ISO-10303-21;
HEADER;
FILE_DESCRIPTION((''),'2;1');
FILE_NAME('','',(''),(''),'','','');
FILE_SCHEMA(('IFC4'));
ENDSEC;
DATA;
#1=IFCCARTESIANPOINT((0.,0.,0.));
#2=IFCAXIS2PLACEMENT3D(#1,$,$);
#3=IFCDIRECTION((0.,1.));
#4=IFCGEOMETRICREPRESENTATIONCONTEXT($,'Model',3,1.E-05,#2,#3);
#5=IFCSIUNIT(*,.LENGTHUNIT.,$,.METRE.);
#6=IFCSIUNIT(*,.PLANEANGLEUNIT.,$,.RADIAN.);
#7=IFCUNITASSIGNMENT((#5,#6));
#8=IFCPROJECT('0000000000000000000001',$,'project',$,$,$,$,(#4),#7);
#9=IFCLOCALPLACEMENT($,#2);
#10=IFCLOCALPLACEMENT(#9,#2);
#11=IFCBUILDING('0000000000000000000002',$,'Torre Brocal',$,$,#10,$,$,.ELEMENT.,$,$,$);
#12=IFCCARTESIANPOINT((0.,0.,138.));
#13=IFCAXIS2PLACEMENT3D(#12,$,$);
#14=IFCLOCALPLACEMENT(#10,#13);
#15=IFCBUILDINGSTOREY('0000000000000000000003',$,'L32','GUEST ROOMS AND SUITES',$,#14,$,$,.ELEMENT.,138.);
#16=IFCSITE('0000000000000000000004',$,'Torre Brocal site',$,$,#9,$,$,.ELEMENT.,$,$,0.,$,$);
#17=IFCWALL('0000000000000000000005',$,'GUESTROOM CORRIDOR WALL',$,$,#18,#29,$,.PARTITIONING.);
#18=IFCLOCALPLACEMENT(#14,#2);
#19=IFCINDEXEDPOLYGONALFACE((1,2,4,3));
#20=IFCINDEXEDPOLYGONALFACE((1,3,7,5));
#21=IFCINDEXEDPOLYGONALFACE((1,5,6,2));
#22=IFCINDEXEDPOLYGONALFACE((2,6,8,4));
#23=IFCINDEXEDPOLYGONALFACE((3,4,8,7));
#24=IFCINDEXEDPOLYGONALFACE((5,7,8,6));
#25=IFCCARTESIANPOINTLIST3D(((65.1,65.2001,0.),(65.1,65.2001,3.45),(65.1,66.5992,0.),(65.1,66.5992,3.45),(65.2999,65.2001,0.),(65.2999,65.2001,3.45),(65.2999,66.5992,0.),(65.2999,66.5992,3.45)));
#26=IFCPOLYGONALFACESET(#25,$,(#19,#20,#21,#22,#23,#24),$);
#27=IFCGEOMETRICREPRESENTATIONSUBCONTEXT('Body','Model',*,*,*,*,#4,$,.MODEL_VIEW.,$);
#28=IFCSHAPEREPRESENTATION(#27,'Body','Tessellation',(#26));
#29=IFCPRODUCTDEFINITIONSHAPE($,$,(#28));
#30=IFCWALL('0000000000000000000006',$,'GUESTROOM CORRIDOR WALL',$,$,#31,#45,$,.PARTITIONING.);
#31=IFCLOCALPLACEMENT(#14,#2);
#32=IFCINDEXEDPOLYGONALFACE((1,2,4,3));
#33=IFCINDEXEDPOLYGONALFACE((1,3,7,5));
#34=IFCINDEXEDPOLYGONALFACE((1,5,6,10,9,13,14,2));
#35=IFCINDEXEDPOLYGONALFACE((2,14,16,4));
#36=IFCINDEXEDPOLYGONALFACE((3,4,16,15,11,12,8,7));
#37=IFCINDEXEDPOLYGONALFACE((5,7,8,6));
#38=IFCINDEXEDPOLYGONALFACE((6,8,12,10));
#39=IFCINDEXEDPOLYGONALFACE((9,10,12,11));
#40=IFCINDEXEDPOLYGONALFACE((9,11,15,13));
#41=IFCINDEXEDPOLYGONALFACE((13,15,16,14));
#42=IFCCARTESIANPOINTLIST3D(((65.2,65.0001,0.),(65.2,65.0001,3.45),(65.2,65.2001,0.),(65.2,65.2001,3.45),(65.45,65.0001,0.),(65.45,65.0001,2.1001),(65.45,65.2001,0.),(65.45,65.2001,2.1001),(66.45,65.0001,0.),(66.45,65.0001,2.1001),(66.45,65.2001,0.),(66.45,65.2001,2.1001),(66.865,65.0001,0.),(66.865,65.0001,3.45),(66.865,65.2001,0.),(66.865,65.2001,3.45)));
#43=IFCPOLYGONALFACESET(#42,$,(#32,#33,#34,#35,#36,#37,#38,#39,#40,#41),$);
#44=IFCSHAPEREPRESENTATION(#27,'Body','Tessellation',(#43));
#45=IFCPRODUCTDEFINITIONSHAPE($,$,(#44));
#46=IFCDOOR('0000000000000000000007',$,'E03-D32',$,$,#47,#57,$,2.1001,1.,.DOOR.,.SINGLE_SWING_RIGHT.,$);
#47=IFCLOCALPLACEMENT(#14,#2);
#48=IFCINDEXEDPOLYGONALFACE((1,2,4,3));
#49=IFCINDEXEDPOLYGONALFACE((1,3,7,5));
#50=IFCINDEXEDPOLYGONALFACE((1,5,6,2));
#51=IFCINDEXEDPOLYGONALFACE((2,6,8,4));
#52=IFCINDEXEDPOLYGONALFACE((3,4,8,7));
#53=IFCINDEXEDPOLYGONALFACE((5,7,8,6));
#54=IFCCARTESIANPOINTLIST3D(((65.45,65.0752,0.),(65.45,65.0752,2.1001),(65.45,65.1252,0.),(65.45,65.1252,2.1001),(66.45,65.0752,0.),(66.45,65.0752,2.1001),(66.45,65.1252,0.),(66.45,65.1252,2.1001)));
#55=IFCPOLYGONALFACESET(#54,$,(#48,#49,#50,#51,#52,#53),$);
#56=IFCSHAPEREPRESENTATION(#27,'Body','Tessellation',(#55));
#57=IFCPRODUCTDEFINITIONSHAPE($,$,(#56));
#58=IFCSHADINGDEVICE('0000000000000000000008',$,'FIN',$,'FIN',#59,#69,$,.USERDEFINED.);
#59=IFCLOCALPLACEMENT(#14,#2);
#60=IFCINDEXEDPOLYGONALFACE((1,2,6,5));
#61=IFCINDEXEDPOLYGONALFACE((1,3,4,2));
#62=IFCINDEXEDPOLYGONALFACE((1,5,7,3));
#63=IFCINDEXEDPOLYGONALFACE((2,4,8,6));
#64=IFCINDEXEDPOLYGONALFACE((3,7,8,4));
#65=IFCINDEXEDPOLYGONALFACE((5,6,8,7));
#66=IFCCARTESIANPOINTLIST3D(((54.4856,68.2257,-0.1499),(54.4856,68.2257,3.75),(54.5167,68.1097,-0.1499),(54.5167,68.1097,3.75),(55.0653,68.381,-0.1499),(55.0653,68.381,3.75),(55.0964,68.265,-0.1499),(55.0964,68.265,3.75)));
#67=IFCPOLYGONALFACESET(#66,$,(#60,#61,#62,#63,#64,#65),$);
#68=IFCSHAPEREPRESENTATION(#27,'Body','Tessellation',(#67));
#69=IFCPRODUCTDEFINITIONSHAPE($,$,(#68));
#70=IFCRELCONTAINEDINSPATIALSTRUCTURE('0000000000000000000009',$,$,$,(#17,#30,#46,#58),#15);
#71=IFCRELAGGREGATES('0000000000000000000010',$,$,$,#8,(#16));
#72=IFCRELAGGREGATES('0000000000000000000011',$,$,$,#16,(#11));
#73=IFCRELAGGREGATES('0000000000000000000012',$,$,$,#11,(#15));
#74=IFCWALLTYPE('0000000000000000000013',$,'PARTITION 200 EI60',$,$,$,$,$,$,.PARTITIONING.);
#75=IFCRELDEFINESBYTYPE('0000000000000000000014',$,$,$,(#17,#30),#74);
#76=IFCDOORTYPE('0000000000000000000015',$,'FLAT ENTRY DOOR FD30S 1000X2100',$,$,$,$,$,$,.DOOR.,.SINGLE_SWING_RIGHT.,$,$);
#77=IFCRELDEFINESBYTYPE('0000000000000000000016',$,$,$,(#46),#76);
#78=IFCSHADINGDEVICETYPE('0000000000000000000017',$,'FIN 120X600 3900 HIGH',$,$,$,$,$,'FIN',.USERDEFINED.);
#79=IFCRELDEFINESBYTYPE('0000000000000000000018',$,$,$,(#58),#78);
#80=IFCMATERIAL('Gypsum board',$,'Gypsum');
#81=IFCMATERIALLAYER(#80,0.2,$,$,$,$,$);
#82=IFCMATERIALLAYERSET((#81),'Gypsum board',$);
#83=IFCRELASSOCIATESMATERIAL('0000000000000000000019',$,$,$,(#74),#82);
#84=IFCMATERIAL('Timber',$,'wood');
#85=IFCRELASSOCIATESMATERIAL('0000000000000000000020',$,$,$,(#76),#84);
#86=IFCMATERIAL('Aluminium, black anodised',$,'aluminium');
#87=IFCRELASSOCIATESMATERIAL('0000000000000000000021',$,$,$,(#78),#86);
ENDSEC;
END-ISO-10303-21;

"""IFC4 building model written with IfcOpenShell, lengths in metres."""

from ifc_helpers import new_model, si_unit, direction, frame, frame_2d, origin, origin_2d, place, context, subcontext, project, spatial, rectangle, extrude, material, layer, layer_set, material_profile, profile_set, type_object, element, fill, save


model = new_model("IFC4")

# Units and contexts
model_context = context("Model", 3, precision=1e-05, world=origin(), true_north=direction((0.0, 1.0)))
body_context = subcontext(model_context, "Body", "Model", "MODEL_VIEW")
ifc_project = project(units=[si_unit("LENGTHUNIT", "METRE"), si_unit("PLANEANGLEUNIT", "RADIAN")], contexts=[model_context])

# Site, building, storey
site_placement = place(None, origin())
site = spatial("IfcSite", under=ifc_project, at=site_placement, Name="Torre Brocal site", CompositionType="ELEMENT", RefElevation=0.0)
building_placement = place(site_placement, origin())
building = spatial("IfcBuilding", under=site, at=building_placement, Name="Torre Brocal", CompositionType="ELEMENT")
storey_placement = place(building_placement, frame((0.0, 0.0, 138.0)))
storey = spatial("IfcBuildingStorey", under=building, at=storey_placement, Name="L32", Description="GUEST ROOMS AND SUITES", CompositionType="ELEMENT", Elevation=138.0)

# Wall
ifc_material_1 = material(Name="Gypsum board", Category="Gypsum")
ifc_layer_1 = layer(ifc_material_1, 0.2)
ifc_layer_set_1 = layer_set([ifc_layer_1], Name="Gypsum board")
wall_type_1 = type_object("IfcWallType", Name="PARTITION 200 EI60", PredefinedType="PARTITIONING", material=ifc_layer_set_1)
wall_1_placement = place(storey_placement, frame((65.2, 65.2, 0.0), z_axis=(0.0, 0.0, 1.0), x_axis=(0.0, 1.0, 0.0)))
element("IfcWall", 1, at=wall_1_placement, inside=storey, type_object=wall_type_1, Name="GUESTROOM CORRIDOR WALL", PredefinedType="PARTITIONING", context=body_context, shape_type="SweptSolid", body=[
    extrude(rectangle(XDim=1.3992, YDim=0.2, at=frame_2d((0.6997, 0.0))), origin(), (0.0, 0.0, 1.0), 3.45),
])

# Wall, opening, door
wall_2_placement = place(storey_placement, frame((65.2, 65.1001, 0.0), z_axis=(0.0, 0.0, 1.0), x_axis=(1.0, 0.0, 0.0)))
wall_2 = element("IfcWall", 2, at=wall_2_placement, inside=storey, type_object=wall_type_1, Name="GUESTROOM CORRIDOR WALL", PredefinedType="PARTITIONING", context=body_context, shape_type="SweptSolid", body=[
    extrude(rectangle(XDim=1.665, YDim=0.2, at=frame_2d((0.8325, 0.0))), origin(), (0.0, 0.0, 1.0), 3.45),
])
opening_1_placement = place(wall_2_placement, frame((0.25, 0.0, 0.0)))
opening_1 = element("IfcOpeningElement", 3, at=opening_1_placement, cuts=wall_2, PredefinedType="OPENING", context=body_context, shape_type="SweptSolid", body=[
    extrude(rectangle(XDim=1.0, YDim=2.1001, at=frame_2d((0.5, 1.05))), frame((0.0, 0.1099, 0.0), z_axis=(0.0, -1.0, 0.0), x_axis=(1.0, 0.0, 0.0)), (0.0, 0.0, 1.0), 0.22),
])
ifc_material_2 = material(Name="Timber", Category="wood")
door_type_1 = type_object("IfcDoorType", Name="FLAT ENTRY DOOR FD30S 1000X2100", OperationType="SINGLE_SWING_RIGHT", PredefinedType="DOOR", material=ifc_material_2)
door_1_placement = place(opening_1_placement, frame((1.0, 0.0, 0.0), z_axis=(0.0, 0.0, 1.0), x_axis=(-1.0, 0.0, 0.0)))
door_1 = element("IfcDoor", 4, at=door_1_placement, inside=storey, type_object=door_type_1, Name="E03-D32", OperationType="SINGLE_SWING_RIGHT", OverallHeight=2.1001, OverallWidth=1.0, PredefinedType="DOOR", context=body_context, shape_type="SweptSolid", body=[
    extrude(rectangle(XDim=1.0, YDim=2.1001, at=frame_2d((0.5, 1.05))), frame((0.0, 0.0249, 0.0), z_axis=(0.0, -1.0, 0.0), x_axis=(1.0, 0.0, 0.0)), (0.0, 0.0, 1.0), 0.05),
])
fill(opening_1, door_1)

# Shading device
ifc_material_3 = material(Name="Aluminium, black anodised", Category="aluminium")
ifc_material_profile_1 = material_profile(ifc_material_3, rectangle(XDim=0.1201, YDim=0.6001, at=origin_2d()), Name="FIN 120X600 3900 HIGH")
ifc_profile_set_1 = profile_set([ifc_material_profile_1], Name="Aluminium, black anodised")
shading_device_type = type_object("IfcShadingDeviceType", Name="FIN 120X600 3900 HIGH", ElementType="FIN", PredefinedType="USERDEFINED", material=ifc_profile_set_1)
shading_device_placement = place(storey_placement, frame((54.791, 68.2454, -0.1499), z_axis=(0.0, 0.0, 1.0), x_axis=(0.258819, -0.965926, 0.0)))
element("IfcShadingDevice", 5, at=shading_device_placement, inside=storey, type_object=shading_device_type, Name="FIN", ObjectType="FIN", PredefinedType="USERDEFINED", context=body_context, shape_type="SweptSolid", body=[
    extrude(rectangle(XDim=0.1201, YDim=0.6001, at=origin_2d()), origin(), (0.0, 0.0, 1.0), 3.8999),
])

save(model, "model.ifc")
